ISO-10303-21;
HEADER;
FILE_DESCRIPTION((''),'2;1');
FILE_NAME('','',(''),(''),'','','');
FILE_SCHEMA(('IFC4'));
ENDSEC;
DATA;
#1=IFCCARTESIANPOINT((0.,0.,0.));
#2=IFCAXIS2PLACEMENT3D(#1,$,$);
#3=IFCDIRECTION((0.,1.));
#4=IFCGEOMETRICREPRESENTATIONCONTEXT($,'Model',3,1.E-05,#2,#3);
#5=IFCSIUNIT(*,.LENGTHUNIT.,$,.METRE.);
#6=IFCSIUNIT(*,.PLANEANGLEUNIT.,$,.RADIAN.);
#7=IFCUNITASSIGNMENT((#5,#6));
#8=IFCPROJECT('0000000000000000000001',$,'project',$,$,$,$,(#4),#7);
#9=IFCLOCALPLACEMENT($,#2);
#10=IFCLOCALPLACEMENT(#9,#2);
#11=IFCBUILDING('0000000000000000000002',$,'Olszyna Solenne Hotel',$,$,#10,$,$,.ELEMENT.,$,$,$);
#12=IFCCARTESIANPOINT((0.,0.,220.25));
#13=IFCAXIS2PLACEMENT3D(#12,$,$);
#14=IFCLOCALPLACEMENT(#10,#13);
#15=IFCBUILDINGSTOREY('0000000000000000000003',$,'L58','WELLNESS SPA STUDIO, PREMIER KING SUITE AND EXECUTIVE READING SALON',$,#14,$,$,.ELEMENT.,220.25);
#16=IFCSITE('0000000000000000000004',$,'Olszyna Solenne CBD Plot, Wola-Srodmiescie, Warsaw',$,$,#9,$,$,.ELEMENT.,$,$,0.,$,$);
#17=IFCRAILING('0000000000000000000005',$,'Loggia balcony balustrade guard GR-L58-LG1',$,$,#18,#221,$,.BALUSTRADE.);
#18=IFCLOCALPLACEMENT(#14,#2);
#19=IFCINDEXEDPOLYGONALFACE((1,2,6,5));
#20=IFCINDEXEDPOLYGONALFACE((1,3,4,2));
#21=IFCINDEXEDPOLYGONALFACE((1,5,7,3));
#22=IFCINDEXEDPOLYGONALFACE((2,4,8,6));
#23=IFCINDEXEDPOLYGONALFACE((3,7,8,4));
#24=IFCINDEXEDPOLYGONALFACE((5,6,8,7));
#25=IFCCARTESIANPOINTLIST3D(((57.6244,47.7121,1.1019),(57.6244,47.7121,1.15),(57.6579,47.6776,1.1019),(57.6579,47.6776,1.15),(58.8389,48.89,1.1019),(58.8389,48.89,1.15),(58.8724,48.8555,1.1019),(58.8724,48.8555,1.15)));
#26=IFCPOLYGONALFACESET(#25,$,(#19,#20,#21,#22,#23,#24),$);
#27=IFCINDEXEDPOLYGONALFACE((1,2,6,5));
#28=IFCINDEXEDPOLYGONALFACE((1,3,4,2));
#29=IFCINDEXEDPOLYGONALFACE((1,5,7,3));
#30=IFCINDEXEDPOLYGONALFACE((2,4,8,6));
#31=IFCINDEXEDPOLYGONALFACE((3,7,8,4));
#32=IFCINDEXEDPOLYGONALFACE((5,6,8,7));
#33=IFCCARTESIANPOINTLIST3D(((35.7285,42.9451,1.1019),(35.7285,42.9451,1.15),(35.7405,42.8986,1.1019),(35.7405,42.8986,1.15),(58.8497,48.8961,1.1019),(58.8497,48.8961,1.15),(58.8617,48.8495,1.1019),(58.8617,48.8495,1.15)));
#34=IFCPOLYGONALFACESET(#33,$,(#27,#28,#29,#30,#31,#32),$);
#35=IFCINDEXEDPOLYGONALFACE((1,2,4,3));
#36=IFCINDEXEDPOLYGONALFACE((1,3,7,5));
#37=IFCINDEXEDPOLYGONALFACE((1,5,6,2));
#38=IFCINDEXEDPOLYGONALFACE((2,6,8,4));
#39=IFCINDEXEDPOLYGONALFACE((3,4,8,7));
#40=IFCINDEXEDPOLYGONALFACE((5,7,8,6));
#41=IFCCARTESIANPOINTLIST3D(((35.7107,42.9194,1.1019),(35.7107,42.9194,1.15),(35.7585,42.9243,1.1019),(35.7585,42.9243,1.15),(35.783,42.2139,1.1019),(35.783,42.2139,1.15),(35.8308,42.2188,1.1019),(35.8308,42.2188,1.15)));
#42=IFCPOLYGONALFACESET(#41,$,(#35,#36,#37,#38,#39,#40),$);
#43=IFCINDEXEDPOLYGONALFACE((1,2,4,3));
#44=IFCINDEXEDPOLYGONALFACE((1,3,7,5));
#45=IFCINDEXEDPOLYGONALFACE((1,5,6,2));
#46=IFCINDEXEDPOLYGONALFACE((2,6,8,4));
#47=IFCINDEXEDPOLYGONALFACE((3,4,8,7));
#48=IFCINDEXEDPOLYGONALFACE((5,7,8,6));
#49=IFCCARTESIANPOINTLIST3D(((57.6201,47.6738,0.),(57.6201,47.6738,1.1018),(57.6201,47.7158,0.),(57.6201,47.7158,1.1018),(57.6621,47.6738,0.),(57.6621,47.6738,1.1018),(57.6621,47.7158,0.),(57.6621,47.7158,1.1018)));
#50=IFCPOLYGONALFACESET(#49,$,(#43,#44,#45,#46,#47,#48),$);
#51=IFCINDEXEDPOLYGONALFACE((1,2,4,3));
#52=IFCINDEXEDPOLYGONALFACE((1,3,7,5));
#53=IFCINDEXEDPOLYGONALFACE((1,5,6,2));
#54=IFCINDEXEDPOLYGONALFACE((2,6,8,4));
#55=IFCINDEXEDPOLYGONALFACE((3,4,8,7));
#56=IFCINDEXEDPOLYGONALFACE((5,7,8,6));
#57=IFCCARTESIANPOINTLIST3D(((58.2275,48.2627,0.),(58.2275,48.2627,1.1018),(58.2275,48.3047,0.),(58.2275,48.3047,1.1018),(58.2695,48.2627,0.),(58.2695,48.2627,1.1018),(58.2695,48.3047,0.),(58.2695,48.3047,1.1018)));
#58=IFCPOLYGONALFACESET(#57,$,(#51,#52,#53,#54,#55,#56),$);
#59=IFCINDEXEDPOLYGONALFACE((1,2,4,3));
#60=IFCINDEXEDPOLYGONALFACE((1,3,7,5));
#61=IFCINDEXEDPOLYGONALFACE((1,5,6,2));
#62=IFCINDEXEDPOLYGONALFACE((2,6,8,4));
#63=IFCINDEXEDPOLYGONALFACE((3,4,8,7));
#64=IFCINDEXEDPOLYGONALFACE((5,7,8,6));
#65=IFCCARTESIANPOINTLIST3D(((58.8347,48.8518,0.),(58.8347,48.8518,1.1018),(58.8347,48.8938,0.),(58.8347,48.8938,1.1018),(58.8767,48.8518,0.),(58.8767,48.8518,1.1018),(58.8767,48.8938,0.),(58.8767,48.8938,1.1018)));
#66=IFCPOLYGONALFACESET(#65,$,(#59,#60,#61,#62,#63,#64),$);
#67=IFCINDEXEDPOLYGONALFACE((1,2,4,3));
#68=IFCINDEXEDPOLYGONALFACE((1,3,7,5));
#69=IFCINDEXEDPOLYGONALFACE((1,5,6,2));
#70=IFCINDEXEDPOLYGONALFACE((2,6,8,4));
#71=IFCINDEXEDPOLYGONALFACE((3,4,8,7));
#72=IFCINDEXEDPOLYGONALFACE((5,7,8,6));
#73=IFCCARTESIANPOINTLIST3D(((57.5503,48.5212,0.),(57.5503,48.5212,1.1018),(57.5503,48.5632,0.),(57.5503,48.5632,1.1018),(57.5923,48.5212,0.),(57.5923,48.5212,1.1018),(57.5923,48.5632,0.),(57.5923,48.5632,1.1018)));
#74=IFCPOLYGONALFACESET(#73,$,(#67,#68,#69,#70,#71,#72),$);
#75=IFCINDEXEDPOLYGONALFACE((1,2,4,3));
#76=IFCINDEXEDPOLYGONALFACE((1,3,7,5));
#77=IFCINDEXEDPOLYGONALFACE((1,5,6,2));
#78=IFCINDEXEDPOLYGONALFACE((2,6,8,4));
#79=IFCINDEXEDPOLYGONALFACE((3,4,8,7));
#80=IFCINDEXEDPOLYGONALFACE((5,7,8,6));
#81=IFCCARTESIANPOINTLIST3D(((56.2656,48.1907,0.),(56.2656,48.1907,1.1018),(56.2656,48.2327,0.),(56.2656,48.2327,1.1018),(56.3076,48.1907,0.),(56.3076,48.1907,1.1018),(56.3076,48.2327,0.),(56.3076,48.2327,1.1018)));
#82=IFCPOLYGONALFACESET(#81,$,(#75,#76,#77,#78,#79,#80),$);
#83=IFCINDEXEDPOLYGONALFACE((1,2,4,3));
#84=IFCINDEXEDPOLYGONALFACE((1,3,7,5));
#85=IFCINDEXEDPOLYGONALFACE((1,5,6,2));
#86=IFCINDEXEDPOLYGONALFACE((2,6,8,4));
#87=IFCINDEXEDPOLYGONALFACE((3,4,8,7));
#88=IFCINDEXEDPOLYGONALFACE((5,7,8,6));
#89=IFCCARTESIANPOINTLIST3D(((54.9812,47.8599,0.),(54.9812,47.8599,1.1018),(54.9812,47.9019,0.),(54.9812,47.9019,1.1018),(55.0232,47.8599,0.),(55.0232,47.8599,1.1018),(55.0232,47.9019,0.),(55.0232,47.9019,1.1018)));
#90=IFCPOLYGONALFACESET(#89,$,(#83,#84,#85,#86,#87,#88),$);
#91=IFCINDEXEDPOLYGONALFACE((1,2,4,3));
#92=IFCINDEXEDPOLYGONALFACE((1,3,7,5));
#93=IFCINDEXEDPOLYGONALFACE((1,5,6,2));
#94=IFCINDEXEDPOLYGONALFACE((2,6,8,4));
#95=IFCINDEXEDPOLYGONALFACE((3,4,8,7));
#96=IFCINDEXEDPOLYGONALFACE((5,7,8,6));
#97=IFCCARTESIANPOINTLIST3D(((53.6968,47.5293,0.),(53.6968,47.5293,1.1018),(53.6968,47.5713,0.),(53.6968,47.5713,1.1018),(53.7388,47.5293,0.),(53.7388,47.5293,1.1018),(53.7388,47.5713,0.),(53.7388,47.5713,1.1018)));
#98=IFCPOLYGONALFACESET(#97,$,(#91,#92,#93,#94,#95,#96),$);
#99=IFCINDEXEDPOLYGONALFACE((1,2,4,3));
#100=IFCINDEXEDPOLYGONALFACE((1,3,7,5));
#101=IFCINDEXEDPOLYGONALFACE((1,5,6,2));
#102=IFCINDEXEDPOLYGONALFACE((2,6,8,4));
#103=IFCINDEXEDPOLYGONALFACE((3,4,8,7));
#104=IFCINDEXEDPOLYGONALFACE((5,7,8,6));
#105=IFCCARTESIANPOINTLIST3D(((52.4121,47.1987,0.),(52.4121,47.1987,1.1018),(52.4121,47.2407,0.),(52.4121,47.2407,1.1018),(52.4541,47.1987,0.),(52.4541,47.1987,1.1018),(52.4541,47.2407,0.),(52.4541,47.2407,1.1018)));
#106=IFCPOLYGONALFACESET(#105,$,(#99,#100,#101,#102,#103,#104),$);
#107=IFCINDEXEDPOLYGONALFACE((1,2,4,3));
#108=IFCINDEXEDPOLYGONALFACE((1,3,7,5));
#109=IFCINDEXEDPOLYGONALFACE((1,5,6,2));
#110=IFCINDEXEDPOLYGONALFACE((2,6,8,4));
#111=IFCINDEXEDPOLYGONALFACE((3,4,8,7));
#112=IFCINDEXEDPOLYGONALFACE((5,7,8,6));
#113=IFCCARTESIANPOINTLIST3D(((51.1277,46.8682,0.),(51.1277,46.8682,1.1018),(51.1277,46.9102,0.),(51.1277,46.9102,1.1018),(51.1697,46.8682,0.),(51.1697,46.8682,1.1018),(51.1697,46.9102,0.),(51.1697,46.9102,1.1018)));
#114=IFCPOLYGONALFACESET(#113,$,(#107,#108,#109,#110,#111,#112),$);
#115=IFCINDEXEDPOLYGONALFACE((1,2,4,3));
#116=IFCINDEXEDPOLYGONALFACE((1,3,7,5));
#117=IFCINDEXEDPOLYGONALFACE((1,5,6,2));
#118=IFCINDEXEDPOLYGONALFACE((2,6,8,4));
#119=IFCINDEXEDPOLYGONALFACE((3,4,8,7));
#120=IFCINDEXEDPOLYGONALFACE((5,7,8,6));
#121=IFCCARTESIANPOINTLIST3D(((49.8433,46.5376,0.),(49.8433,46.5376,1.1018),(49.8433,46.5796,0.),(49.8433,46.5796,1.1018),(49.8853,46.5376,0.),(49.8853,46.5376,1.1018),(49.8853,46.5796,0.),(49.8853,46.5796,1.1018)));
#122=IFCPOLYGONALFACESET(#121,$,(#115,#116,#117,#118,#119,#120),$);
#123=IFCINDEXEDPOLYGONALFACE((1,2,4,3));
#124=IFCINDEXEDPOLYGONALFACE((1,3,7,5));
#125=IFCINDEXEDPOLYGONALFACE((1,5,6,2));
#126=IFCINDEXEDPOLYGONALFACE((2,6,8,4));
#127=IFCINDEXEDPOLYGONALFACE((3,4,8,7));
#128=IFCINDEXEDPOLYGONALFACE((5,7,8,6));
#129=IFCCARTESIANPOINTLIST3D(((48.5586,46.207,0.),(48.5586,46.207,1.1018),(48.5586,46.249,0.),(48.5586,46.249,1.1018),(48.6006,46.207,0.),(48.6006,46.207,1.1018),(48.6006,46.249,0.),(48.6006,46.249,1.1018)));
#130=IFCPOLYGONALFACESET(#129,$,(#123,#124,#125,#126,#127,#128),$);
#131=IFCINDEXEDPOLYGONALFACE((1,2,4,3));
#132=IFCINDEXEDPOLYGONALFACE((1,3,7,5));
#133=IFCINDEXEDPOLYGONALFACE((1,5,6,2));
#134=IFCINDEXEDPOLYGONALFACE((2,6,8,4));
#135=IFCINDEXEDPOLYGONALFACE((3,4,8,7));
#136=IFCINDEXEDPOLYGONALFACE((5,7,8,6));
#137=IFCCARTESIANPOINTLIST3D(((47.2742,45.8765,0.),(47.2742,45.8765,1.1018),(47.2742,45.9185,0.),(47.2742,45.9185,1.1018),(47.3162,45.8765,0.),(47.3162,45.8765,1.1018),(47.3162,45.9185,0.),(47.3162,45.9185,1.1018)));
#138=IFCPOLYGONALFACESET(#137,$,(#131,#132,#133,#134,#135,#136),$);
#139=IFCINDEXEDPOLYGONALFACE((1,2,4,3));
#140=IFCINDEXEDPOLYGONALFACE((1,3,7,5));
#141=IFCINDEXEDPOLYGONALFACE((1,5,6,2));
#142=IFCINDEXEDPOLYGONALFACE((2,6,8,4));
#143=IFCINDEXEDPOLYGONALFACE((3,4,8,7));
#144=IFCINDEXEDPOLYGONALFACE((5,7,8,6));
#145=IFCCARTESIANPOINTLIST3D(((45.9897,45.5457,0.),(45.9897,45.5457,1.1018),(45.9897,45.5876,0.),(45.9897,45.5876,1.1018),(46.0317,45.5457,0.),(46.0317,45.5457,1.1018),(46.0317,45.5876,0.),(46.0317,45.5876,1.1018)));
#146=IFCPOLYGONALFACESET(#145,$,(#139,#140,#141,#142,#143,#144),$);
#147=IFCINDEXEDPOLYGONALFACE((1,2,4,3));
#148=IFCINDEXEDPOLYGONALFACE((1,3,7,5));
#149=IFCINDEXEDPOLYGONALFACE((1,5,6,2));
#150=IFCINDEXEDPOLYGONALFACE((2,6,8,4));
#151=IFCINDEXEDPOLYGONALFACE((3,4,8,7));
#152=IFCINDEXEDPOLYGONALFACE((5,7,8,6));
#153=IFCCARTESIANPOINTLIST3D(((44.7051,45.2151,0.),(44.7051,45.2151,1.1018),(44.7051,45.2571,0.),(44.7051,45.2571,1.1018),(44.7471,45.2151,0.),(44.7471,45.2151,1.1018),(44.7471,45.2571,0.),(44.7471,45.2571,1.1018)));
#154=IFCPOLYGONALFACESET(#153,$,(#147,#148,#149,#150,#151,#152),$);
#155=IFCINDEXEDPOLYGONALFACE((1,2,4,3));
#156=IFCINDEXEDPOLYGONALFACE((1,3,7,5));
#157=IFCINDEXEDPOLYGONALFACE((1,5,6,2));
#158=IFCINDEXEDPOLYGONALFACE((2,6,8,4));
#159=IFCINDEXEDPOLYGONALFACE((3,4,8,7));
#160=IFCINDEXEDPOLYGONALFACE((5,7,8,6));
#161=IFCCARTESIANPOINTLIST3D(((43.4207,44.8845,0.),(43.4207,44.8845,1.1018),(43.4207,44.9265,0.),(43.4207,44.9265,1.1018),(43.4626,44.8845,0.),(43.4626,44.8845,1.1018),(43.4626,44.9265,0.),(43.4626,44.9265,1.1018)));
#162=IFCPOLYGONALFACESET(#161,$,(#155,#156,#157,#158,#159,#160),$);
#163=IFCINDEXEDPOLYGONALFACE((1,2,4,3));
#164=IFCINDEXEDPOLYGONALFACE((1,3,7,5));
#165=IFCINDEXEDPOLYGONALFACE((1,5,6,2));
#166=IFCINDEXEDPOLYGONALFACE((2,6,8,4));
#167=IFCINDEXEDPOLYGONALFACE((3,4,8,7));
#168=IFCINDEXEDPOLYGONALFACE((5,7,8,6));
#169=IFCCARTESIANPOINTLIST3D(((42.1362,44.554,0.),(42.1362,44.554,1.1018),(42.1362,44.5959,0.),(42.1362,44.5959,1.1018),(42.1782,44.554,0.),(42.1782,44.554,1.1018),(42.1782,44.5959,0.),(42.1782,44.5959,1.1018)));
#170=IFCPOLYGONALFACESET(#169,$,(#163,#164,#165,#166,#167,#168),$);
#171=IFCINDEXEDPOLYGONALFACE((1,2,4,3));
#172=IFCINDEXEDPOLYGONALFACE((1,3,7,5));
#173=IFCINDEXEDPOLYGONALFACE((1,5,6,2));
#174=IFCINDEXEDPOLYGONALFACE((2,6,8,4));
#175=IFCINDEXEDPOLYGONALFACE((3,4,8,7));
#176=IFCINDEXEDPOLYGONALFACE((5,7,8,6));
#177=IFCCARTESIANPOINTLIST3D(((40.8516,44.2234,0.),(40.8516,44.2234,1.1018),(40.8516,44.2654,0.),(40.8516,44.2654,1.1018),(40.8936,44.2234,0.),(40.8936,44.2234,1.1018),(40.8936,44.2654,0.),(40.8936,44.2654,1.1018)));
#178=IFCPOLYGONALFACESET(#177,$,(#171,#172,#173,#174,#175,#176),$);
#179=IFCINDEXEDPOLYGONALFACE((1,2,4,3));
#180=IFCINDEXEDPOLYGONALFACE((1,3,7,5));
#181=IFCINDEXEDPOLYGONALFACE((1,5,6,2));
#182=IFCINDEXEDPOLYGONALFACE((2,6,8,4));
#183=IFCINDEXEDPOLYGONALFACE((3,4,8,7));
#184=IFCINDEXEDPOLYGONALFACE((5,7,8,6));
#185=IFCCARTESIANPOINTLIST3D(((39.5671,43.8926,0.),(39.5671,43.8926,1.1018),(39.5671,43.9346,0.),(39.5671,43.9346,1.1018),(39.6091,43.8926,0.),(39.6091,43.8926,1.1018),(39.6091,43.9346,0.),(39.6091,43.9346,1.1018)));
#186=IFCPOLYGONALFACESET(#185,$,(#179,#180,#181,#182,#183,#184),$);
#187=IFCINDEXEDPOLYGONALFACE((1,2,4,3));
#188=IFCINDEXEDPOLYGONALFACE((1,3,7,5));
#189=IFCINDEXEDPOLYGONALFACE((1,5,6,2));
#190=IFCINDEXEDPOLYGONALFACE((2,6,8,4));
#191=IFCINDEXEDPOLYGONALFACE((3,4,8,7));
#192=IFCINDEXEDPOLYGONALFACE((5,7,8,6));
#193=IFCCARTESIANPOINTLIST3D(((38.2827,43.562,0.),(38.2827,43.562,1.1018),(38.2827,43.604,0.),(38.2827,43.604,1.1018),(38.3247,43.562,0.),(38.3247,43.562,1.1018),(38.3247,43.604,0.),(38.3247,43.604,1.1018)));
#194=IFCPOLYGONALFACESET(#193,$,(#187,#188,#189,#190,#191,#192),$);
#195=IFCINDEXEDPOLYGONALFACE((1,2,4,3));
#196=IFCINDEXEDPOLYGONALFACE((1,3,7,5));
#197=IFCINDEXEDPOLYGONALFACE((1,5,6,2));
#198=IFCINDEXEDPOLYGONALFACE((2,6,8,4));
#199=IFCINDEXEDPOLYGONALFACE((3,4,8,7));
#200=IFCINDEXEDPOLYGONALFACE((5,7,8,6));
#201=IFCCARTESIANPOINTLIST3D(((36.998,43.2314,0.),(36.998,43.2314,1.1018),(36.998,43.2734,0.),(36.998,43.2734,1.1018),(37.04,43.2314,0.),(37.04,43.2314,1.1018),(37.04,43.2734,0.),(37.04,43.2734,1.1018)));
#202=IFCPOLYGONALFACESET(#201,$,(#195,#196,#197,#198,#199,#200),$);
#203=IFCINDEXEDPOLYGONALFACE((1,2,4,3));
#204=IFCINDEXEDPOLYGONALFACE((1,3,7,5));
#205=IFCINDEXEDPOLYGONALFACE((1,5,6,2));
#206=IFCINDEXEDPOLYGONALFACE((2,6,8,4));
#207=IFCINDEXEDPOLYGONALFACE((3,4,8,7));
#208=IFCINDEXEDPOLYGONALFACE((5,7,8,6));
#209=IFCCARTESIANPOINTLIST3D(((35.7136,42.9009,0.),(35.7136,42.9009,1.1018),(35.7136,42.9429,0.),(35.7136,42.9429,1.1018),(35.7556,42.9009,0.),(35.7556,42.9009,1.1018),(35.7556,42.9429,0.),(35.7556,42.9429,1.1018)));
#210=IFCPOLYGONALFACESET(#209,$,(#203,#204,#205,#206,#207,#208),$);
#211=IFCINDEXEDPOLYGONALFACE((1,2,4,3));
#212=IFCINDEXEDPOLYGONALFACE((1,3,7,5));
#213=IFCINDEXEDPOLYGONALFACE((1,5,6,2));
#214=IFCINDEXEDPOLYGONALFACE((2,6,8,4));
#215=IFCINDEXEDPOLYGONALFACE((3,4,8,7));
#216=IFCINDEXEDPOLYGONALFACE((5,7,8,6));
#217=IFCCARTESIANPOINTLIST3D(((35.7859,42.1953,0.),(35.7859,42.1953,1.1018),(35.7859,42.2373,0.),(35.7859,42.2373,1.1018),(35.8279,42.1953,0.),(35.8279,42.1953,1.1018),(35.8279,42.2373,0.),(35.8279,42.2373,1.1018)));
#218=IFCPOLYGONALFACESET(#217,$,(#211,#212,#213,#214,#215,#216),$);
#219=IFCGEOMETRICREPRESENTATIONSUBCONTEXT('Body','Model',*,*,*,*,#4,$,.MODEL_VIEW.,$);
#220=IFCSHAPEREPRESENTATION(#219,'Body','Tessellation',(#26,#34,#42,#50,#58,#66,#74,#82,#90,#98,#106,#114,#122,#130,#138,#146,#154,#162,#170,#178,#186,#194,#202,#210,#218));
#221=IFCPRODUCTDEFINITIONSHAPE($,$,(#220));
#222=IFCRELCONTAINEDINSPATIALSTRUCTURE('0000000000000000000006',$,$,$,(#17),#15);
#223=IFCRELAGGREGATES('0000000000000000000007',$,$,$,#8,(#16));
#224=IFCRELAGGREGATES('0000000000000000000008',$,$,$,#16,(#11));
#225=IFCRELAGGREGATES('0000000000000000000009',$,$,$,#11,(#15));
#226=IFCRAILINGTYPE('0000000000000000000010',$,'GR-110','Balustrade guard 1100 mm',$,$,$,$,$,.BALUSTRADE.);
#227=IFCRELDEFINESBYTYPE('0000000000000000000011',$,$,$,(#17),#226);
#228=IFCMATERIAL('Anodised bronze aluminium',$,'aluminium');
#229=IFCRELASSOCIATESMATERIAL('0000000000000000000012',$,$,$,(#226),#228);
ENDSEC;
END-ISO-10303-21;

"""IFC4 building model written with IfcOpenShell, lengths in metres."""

from ifc_helpers import new_model, si_unit, direction, frame, origin, origin_2d, place, context, subcontext, project, spatial, rectangle, extrude, material, type_object, element, save


model = new_model("IFC4")

# Units and contexts
model_context = context("Model", 3, precision=1e-05, world=origin(), true_north=direction((0.0, 1.0)))
body_context = subcontext(model_context, "Body", "Model", "MODEL_VIEW")
ifc_project = project(units=[si_unit("LENGTHUNIT", "METRE"), si_unit("PLANEANGLEUNIT", "RADIAN")], contexts=[model_context])

# Site, building, storey
site_placement = place(None, origin())
site = spatial("IfcSite", under=ifc_project, at=site_placement, Name="Olszyna Solenne CBD Plot, Wola-Srodmiescie, Warsaw", CompositionType="ELEMENT", RefElevation=0.0)
building_placement = place(site_placement, origin())
building = spatial("IfcBuilding", under=site, at=building_placement, Name="Olszyna Solenne Hotel", CompositionType="ELEMENT")
storey_placement = place(building_placement, frame((0.0, 0.0, 220.25)))
storey = spatial("IfcBuildingStorey", under=building, at=storey_placement, Name="L58", Description="WELLNESS SPA STUDIO, PREMIER KING SUITE AND EXECUTIVE READING SALON", CompositionType="ELEMENT", Elevation=220.25)

# Shared definitions
ifc_material_1 = material(Name="Anodised bronze aluminium", Category="aluminium")

# Railing
railing_type = type_object("IfcRailingType", Name="GR-110", Description="Balustrade guard 1100 mm", PredefinedType="BALUSTRADE", material=ifc_material_1)
railing_placement = place(storey_placement, frame((57.6411, 47.6948, 0.0)))
element("IfcRailing", 1, at=railing_placement, inside=storey, type_object=railing_type, Name="Loggia balcony balustrade guard GR-L58-LG1", PredefinedType="BALUSTRADE", context=body_context, shape_type="SweptSolid", body=[
    extrude(rectangle(XDim=0.0481, YDim=0.0481, at=origin_2d()), frame((0.0, 0.0, 1.126), z_axis=(0.717846, 0.696202, 0.0), x_axis=(-0.696202, 0.717846, 0.0)), (0.0, 0.0, 1.0), 1.6919),
    extrude(rectangle(XDim=0.0481, YDim=0.0481, at=origin_2d()), frame((1.2146, 1.178, 1.126), z_axis=(-0.968437, -0.249257, 0.0), x_axis=(0.249257, -0.968437, 0.0)), (0.0, 0.0, 1.0), 23.8748),
    extrude(rectangle(XDim=0.0481, YDim=0.0481, at=origin_2d()), frame((-21.9065, -4.7729, 1.126), z_axis=(0.101889, -0.994796, 0.0), x_axis=(0.994796, 0.101889, 0.0)), (0.0, 0.0, 1.0), 0.7092),
    extrude(rectangle(XDim=0.042, YDim=0.042, at=origin_2d()), origin(), (0.0, 0.0, 1.0), 1.1018),
    extrude(rectangle(XDim=0.042, YDim=0.042, at=origin_2d()), frame((0.6074, 0.5889, 0.0)), (0.0, 0.0, 1.0), 1.1018),
    extrude(rectangle(XDim=0.042, YDim=0.042, at=origin_2d()), frame((1.2146, 1.178, 0.0)), (0.0, 0.0, 1.0), 1.1018),
    extrude(rectangle(XDim=0.042, YDim=0.042, at=origin_2d()), frame((-0.0698, 0.8474, 0.0)), (0.0, 0.0, 1.0), 1.1018),
    extrude(rectangle(XDim=0.042, YDim=0.042, at=origin_2d()), frame((-1.3545, 0.5168, 0.0)), (0.0, 0.0, 1.0), 1.1018),
    extrude(rectangle(XDim=0.042, YDim=0.042, at=origin_2d()), frame((-2.6389, 0.186, 0.0)), (0.0, 0.0, 1.0), 1.1018),
    extrude(rectangle(XDim=0.042, YDim=0.042, at=origin_2d()), frame((-3.9233, -0.1445, 0.0)), (0.0, 0.0, 1.0), 1.1018),
    extrude(rectangle(XDim=0.042, YDim=0.042, at=origin_2d()), frame((-5.208, -0.4751, 0.0)), (0.0, 0.0, 1.0), 1.1018),
    extrude(rectangle(XDim=0.042, YDim=0.042, at=origin_2d()), frame((-6.4924, -0.8057, 0.0)), (0.0, 0.0, 1.0), 1.1018),
    extrude(rectangle(XDim=0.042, YDim=0.042, at=origin_2d()), frame((-7.7769, -1.1362, 0.0)), (0.0, 0.0, 1.0), 1.1018),
    extrude(rectangle(XDim=0.042, YDim=0.042, at=origin_2d()), frame((-9.0615, -1.4668, 0.0)), (0.0, 0.0, 1.0), 1.1018),
    extrude(rectangle(XDim=0.042, YDim=0.042, at=origin_2d()), frame((-10.3459, -1.7974, 0.0)), (0.0, 0.0, 1.0), 1.1018),
    extrude(rectangle(XDim=0.042, YDim=0.042, at=origin_2d()), frame((-11.6304, -2.1282, 0.0)), (0.0, 0.0, 1.0), 1.1018),
    extrude(rectangle(XDim=0.042, YDim=0.042, at=origin_2d()), frame((-12.915, -2.4587, 0.0)), (0.0, 0.0, 1.0), 1.1018),
    extrude(rectangle(XDim=0.042, YDim=0.042, at=origin_2d()), frame((-14.1995, -2.7893, 0.0)), (0.0, 0.0, 1.0), 1.1018),
    extrude(rectangle(XDim=0.042, YDim=0.042, at=origin_2d()), frame((-15.4839, -3.1199, 0.0)), (0.0, 0.0, 1.0), 1.1018),
    extrude(rectangle(XDim=0.042, YDim=0.042, at=origin_2d()), frame((-16.7686, -3.4504, 0.0)), (0.0, 0.0, 1.0), 1.1018),
    extrude(rectangle(XDim=0.042, YDim=0.042, at=origin_2d()), frame((-18.053, -3.7812, 0.0)), (0.0, 0.0, 1.0), 1.1018),
    extrude(rectangle(XDim=0.042, YDim=0.042, at=origin_2d()), frame((-19.3374, -4.1118, 0.0)), (0.0, 0.0, 1.0), 1.1018),
    extrude(rectangle(XDim=0.042, YDim=0.042, at=origin_2d()), frame((-20.6221, -4.4424, 0.0)), (0.0, 0.0, 1.0), 1.1018),
    extrude(rectangle(XDim=0.042, YDim=0.042, at=origin_2d()), frame((-21.9065, -4.7729, 0.0)), (0.0, 0.0, 1.0), 1.1018),
    extrude(rectangle(XDim=0.042, YDim=0.042, at=origin_2d()), frame((-21.8342, -5.4785, 0.0)), (0.0, 0.0, 1.0), 1.1018),
])

save(model, "model.ifc")
